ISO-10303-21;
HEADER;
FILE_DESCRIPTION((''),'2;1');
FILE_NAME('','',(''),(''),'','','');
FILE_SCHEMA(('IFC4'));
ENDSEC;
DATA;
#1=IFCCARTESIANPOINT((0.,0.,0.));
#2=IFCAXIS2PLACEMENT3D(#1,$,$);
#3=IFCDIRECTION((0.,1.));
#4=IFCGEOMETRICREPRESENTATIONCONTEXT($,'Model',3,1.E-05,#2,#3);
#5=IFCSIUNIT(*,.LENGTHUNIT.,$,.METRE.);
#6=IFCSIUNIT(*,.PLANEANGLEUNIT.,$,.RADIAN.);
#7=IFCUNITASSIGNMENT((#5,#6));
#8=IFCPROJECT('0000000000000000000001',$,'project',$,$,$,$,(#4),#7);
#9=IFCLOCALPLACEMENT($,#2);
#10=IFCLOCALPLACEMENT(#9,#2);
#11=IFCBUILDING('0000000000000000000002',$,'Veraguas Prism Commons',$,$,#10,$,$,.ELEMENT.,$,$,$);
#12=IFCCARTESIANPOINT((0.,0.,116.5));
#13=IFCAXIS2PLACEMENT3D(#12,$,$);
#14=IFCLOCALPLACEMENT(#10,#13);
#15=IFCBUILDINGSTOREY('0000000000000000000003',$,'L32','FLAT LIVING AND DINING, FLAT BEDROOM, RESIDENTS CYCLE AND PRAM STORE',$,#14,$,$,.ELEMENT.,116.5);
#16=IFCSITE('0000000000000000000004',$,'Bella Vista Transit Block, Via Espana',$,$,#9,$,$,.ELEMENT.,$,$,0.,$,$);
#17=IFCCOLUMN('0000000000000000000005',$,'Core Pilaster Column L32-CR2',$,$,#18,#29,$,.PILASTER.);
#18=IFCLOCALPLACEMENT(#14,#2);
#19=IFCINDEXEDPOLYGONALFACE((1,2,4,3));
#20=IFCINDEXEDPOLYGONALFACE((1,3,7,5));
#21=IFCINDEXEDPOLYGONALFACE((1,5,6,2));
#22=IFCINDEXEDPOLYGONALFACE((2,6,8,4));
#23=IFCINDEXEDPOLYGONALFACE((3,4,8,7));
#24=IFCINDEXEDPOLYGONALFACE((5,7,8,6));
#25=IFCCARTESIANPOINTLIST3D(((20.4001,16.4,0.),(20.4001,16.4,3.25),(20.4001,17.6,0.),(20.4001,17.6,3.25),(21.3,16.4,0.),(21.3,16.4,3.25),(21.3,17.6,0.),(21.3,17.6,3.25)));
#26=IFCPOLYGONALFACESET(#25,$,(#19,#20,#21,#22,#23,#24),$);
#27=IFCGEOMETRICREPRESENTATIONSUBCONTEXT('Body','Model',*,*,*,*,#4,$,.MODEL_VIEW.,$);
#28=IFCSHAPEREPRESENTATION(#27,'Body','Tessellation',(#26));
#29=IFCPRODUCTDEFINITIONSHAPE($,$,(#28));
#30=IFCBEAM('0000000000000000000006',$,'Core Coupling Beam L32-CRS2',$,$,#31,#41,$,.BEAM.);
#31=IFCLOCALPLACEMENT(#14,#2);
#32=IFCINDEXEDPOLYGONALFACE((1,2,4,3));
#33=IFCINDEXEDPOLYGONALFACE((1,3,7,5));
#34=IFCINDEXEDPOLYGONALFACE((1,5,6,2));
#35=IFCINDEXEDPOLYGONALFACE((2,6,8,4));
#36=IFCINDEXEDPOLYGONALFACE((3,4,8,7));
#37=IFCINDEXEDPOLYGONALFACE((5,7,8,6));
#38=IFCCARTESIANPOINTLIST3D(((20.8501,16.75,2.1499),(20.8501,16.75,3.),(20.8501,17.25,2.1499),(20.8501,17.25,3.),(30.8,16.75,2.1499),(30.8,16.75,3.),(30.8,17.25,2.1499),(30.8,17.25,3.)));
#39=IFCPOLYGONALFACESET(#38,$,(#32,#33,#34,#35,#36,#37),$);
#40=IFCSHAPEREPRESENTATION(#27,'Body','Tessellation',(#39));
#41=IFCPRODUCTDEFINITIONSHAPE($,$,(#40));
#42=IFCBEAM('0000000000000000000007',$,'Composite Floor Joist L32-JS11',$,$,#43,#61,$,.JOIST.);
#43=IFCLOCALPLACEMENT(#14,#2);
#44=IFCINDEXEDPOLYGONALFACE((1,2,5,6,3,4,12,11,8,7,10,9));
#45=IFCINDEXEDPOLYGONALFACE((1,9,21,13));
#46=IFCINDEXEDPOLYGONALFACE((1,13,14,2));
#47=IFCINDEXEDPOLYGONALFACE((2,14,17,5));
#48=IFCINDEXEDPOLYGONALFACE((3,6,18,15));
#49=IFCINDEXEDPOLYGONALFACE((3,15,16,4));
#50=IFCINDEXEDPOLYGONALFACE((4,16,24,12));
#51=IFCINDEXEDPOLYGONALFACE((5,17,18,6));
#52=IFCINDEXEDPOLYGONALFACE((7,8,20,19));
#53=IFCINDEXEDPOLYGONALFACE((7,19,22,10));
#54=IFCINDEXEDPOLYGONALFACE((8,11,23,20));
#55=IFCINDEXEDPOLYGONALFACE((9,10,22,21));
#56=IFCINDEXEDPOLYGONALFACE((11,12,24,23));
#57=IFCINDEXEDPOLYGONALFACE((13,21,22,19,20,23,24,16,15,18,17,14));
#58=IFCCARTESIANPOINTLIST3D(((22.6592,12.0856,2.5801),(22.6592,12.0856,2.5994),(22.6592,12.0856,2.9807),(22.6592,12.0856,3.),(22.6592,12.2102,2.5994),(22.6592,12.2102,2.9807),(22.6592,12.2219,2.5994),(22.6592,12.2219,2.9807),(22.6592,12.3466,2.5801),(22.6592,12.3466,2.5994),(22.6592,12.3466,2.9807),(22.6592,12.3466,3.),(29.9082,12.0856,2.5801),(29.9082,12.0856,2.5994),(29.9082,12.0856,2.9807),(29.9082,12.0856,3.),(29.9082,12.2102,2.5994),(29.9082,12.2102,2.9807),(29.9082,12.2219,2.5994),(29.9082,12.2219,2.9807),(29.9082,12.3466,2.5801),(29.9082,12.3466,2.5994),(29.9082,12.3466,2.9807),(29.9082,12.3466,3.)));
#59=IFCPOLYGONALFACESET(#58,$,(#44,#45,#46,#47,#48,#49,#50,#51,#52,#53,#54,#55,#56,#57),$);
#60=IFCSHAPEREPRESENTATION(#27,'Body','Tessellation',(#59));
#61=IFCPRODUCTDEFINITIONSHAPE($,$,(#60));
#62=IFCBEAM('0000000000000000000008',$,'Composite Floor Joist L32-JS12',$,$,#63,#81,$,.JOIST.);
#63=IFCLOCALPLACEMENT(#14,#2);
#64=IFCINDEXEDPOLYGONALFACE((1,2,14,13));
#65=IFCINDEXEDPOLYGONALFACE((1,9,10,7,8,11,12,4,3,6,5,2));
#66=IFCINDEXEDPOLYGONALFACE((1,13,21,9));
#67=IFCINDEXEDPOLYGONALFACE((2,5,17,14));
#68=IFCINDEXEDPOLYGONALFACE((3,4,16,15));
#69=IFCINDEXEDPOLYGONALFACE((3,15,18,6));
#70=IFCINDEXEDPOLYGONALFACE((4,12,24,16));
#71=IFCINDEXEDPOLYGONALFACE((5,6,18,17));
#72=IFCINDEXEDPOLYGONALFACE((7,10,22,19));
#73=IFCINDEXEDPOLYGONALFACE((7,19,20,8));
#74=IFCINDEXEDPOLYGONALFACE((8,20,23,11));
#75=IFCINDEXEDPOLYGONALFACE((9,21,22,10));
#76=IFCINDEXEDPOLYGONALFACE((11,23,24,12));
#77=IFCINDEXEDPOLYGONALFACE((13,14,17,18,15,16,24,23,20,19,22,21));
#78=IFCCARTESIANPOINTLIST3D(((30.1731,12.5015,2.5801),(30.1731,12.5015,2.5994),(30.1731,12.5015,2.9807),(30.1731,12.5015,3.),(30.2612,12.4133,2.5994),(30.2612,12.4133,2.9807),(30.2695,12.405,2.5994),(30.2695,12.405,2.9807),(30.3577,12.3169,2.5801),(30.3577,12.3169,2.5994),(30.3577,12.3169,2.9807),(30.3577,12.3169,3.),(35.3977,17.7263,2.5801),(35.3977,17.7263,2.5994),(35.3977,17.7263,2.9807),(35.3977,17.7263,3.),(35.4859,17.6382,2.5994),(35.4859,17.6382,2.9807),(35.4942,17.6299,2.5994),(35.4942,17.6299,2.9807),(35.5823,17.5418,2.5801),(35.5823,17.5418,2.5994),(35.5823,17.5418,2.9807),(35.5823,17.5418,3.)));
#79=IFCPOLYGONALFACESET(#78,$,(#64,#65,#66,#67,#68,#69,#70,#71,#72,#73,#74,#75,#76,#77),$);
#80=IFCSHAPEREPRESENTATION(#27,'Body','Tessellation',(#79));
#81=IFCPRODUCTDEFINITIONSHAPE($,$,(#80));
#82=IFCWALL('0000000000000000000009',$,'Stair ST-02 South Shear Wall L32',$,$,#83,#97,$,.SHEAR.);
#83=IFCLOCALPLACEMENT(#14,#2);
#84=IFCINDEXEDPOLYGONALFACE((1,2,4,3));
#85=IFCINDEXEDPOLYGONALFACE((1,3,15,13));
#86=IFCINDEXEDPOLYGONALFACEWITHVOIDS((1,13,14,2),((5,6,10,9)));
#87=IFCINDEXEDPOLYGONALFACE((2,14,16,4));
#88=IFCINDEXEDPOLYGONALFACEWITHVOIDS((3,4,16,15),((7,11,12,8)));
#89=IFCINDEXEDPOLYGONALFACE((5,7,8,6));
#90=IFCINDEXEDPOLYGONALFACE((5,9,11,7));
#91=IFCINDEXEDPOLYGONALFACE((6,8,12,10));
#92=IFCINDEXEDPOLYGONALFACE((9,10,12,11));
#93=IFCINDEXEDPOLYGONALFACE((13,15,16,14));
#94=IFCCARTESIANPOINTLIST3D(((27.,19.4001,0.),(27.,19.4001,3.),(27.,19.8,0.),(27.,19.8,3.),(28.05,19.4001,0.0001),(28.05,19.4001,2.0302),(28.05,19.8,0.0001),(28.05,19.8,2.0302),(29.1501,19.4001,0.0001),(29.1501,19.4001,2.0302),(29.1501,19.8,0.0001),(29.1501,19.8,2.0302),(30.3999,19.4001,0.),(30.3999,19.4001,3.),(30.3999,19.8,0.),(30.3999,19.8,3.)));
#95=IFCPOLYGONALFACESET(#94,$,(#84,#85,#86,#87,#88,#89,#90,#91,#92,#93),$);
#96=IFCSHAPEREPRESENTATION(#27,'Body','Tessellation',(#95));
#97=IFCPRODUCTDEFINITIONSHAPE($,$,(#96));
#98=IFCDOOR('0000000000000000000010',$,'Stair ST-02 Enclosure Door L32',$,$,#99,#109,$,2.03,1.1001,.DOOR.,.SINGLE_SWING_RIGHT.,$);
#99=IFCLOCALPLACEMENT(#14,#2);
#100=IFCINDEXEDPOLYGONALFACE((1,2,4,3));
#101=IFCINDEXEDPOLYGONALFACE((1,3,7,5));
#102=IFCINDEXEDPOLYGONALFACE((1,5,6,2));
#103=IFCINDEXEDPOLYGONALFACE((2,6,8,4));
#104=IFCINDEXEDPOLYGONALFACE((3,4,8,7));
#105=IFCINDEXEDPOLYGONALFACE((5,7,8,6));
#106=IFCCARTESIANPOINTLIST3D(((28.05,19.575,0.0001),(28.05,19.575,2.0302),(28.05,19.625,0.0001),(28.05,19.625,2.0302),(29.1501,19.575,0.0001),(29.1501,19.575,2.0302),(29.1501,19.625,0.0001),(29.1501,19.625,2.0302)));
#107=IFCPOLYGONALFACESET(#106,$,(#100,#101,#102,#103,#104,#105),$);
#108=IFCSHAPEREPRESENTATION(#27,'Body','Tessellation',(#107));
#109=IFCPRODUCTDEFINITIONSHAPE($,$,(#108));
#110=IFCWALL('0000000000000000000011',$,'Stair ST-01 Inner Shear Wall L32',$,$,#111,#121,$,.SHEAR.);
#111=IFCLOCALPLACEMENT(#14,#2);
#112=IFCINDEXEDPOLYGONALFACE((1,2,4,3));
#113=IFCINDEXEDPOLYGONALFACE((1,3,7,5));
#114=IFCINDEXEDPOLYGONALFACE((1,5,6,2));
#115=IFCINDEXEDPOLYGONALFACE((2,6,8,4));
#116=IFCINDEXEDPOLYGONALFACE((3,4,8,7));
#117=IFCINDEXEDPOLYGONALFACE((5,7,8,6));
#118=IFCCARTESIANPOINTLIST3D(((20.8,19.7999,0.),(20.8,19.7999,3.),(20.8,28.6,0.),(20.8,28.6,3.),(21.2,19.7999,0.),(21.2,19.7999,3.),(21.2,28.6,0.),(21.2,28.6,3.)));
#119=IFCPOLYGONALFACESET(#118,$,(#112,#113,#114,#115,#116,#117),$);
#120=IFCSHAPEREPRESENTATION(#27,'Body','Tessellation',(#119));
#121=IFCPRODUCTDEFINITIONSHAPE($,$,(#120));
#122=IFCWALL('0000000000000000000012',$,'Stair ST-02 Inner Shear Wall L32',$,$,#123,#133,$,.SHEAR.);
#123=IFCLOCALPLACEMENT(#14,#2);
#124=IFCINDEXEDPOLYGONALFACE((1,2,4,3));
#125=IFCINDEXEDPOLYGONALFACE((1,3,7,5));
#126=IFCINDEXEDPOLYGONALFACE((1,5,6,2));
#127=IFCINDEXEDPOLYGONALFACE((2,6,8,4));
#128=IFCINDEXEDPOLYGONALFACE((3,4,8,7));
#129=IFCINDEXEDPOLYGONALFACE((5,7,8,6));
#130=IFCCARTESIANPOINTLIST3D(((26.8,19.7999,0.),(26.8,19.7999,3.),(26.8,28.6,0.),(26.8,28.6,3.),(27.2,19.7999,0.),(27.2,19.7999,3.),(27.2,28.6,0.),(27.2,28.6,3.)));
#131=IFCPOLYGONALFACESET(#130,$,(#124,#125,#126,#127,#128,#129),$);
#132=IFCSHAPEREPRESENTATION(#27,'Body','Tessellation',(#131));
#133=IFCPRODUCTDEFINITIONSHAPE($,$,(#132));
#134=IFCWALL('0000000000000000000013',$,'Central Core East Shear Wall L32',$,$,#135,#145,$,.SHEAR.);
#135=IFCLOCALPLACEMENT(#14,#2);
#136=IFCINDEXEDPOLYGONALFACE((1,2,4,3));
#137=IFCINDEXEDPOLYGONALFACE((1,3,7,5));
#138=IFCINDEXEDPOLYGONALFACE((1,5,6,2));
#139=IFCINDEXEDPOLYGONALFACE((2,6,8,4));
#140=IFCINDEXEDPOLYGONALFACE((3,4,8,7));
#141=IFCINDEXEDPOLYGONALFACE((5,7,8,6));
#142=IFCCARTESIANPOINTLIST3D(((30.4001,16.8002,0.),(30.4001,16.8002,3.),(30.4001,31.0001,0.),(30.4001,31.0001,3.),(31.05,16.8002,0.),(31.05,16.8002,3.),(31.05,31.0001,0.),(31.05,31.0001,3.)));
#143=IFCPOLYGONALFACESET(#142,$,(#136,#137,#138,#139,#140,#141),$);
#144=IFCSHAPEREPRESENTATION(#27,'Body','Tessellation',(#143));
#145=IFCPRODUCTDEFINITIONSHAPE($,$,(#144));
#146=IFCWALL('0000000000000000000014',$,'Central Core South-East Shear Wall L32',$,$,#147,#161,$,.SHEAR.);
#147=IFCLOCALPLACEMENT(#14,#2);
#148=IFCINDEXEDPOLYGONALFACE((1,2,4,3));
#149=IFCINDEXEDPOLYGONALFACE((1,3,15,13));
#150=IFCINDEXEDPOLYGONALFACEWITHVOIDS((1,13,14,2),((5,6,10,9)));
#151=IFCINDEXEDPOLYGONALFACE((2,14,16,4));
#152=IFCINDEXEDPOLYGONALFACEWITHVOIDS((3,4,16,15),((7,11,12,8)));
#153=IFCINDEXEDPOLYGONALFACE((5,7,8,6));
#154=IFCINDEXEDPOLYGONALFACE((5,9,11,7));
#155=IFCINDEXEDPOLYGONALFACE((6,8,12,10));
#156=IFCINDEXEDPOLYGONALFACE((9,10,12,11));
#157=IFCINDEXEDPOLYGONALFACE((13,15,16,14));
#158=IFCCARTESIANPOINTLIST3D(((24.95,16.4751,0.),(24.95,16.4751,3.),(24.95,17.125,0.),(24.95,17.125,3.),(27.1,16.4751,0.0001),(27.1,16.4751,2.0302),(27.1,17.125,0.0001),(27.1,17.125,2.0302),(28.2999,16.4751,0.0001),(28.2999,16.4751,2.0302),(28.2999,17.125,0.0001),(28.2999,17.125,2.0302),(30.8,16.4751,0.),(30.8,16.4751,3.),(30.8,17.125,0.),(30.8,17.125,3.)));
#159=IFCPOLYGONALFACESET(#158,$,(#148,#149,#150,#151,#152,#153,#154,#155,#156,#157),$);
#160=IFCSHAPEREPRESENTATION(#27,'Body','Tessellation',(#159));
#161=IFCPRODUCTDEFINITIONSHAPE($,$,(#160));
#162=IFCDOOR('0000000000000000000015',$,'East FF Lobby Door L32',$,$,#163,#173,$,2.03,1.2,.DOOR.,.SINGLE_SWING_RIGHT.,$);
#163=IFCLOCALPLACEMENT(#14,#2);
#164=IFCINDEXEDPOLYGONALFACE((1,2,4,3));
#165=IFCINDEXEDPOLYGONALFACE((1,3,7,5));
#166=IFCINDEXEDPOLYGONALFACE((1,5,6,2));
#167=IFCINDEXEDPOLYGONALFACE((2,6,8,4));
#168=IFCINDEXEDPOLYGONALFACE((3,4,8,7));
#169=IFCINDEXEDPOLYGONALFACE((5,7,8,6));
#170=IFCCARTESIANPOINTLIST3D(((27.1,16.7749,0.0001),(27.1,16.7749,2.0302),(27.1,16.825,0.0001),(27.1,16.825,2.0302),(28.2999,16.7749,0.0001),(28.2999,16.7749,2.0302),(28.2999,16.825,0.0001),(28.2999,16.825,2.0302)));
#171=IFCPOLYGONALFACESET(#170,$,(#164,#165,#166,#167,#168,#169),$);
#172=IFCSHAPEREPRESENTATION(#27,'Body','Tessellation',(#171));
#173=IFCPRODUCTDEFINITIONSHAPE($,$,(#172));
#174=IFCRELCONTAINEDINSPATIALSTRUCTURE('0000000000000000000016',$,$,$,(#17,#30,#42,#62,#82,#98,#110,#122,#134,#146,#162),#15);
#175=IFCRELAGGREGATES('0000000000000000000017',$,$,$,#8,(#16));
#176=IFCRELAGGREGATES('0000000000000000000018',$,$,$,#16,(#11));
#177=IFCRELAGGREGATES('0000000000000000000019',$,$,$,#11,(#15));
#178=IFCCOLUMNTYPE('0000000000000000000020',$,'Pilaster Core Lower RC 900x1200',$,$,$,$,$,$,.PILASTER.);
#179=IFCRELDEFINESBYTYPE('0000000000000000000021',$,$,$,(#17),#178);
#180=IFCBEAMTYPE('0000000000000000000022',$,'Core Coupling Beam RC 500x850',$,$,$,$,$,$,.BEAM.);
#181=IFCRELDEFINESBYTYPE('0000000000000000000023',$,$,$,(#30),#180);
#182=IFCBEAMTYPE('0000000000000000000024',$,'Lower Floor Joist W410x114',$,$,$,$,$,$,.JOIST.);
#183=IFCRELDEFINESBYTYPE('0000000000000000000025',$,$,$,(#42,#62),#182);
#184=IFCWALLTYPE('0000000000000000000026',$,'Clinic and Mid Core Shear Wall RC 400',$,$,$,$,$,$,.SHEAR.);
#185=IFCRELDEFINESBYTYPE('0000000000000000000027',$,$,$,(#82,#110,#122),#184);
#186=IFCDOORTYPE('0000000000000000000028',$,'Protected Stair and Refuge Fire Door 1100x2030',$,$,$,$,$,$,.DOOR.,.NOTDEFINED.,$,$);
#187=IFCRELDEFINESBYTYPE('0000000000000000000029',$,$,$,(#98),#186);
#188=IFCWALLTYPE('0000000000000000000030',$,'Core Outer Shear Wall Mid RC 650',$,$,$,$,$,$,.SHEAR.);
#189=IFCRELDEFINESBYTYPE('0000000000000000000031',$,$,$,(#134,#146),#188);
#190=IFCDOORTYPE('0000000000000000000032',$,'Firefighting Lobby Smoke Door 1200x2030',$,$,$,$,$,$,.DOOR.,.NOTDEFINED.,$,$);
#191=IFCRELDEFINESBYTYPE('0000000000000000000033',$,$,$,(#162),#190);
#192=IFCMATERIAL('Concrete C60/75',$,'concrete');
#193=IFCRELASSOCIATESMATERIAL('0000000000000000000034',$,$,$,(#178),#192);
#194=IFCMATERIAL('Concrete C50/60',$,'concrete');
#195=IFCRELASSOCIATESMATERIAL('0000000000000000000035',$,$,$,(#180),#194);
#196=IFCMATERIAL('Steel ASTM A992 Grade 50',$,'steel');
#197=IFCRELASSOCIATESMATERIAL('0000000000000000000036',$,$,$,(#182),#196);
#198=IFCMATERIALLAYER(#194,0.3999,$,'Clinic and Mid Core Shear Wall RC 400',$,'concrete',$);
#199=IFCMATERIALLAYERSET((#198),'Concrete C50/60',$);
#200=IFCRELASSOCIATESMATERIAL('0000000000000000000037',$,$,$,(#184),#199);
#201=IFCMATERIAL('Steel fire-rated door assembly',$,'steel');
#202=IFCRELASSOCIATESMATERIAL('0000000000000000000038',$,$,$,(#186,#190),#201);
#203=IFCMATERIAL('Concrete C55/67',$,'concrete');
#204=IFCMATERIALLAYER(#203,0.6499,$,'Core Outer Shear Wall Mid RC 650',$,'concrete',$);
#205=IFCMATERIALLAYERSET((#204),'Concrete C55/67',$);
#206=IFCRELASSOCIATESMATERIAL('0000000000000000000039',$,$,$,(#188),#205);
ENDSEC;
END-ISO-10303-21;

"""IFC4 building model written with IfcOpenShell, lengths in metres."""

from ifc_helpers import new_model, si_unit, direction, frame, frame_2d, origin, origin_2d, place, context, subcontext, project, spatial, rectangle, i_section, extrude, source, transform, mapped, material, layer, layer_set, material_profile, profile_set, type_object, element, fill, save


model = new_model("IFC4")

# Units and contexts
model_context = context("Model", 3, precision=1e-05, world=origin(), true_north=direction((0.0, 1.0)))
body_context = subcontext(model_context, "Body", "Model", "MODEL_VIEW")
ifc_project = project(units=[si_unit("LENGTHUNIT", "METRE"), si_unit("PLANEANGLEUNIT", "RADIAN")], contexts=[model_context])

# Site, building, storey
site_placement = place(None, origin())
site = spatial("IfcSite", under=ifc_project, at=site_placement, Name="Bella Vista Transit Block, Via Espana", CompositionType="ELEMENT", RefElevation=0.0)
building_placement = place(site_placement, origin())
building = spatial("IfcBuilding", under=site, at=building_placement, Name="Veraguas Prism Commons", CompositionType="ELEMENT")
storey_placement = place(building_placement, frame((0.0, 0.0, 116.5)))
storey = spatial("IfcBuildingStorey", under=building, at=storey_placement, Name="L32", Description="FLAT LIVING AND DINING, FLAT BEDROOM, RESIDENTS CYCLE AND PRAM STORE", CompositionType="ELEMENT", Elevation=116.5)

# Column
ifc_material_1 = material(Name="Concrete C60/75", Category="concrete")
ifc_material_profile_1 = material_profile(ifc_material_1, rectangle(XDim=0.8999, YDim=1.2, at=origin_2d()), Name="RC900X1200")
ifc_profile_set_1 = profile_set([ifc_material_profile_1], Name="Concrete C60/75")
column_type = type_object("IfcColumnType", Name="Pilaster Core Lower RC 900x1200", PredefinedType="PILASTER", material=ifc_profile_set_1)
column_placement = place(storey_placement, frame((20.8501, 17.0, 0.0), z_axis=(0.0, 0.0, 1.0), x_axis=(1.0, 0.0, 0.0)))
element("IfcColumn", 1, at=column_placement, inside=storey, type_object=column_type, Name="Core Pilaster Column L32-CR2", PredefinedType="PILASTER", context=body_context, shape_type="SweptSolid", body=[
    extrude(rectangle(XDim=0.8999, YDim=1.2, at=origin_2d()), origin(), (0.0, 0.0, 1.0), 3.25),
])

# Beams
ifc_material_2 = material(Name="Concrete C50/60", Category="concrete")
ifc_material_profile_2 = material_profile(ifc_material_2, rectangle(XDim=0.5, YDim=0.8501, at=origin_2d()), Name="RC500X850")
ifc_profile_set_2 = profile_set([ifc_material_profile_2], Name="Concrete C50/60")
beam_type_1 = type_object("IfcBeamType", Name="Core Coupling Beam RC 500x850", PredefinedType="BEAM", material=ifc_profile_set_2)
beam_1_placement = place(storey_placement, frame((20.8501, 17.0, 2.575), z_axis=(1.0, 0.0, 0.0), x_axis=(0.0, 1.0, 0.0)))
element("IfcBeam", 2, at=beam_1_placement, inside=storey, type_object=beam_type_1, Name="Core Coupling Beam L32-CRS2", PredefinedType="BEAM", context=body_context, shape_type="SweptSolid", body=[
    extrude(rectangle(XDim=0.5, YDim=0.8501, at=origin_2d()), origin(), (0.0, 0.0, 1.0), 9.95),
])
ifc_material_3 = material(Name="Steel ASTM A992 Grade 50", Category="steel")
ifc_material_profile_3 = material_profile(ifc_material_3, i_section(OverallWidth=0.261, OverallDepth=0.4199, WebThickness=0.0117, FlangeThickness=0.0193, at=origin_2d()), Name="W410X114")
ifc_profile_set_3 = profile_set([ifc_material_profile_3], Name="Steel ASTM A992 Grade 50")
beam_type_2 = type_object("IfcBeamType", Name="Lower Floor Joist W410x114", PredefinedType="JOIST", material=ifc_profile_set_3)
beam_2_placement = place(storey_placement, frame((22.6592, 12.2161, 2.79), z_axis=(1.0, 0.0, 0.0), x_axis=(0.0, 1.0, 0.0)))
element("IfcBeam", 3, at=beam_2_placement, inside=storey, type_object=beam_type_2, Name="Composite Floor Joist L32-JS11", PredefinedType="JOIST", context=body_context, shape_type="SweptSolid", body=[
    extrude(i_section(OverallWidth=0.261, OverallDepth=0.4199, WebThickness=0.0117, FlangeThickness=0.0193, at=origin_2d()), origin(), (0.0, 0.0, 1.0), 7.249),
])
beam_3_placement = place(storey_placement, frame((30.2654, 12.4092, 2.79), z_axis=(0.70709, 0.707123, 0.0), x_axis=(-0.707123, 0.70709, 0.0)))
element("IfcBeam", 4, at=beam_3_placement, inside=storey, type_object=beam_type_2, Name="Composite Floor Joist L32-JS12", PredefinedType="JOIST", context=body_context, shape_type="SweptSolid", body=[
    extrude(i_section(OverallWidth=0.261, OverallDepth=0.4199, WebThickness=0.0117, FlangeThickness=0.0193, at=origin_2d()), origin(), (0.0, 0.0, 1.0), 7.3889),
])

# Wall, opening, door
ifc_layer_1 = layer(ifc_material_2, 0.3999, Name="Clinic and Mid Core Shear Wall RC 400", Category="concrete")
ifc_layer_set_1 = layer_set([ifc_layer_1], Name="Concrete C50/60")
wall_type_1 = type_object("IfcWallType", Name="Clinic and Mid Core Shear Wall RC 400", PredefinedType="SHEAR", material=ifc_layer_set_1)
wall_1_placement = place(storey_placement, frame((27.0, 19.6001, 0.0), z_axis=(0.0, 0.0, 1.0), x_axis=(1.0, 0.0, 0.0)))
wall_1 = element("IfcWall", 5, at=wall_1_placement, inside=storey, type_object=wall_type_1, Name="Stair ST-02 South Shear Wall L32", PredefinedType="SHEAR", context=body_context, shape_type="SweptSolid", body=[
    extrude(rectangle(XDim=3.3999, YDim=0.3999, at=frame_2d((1.7, 0.0))), origin(), (0.0, 0.0, 1.0), 3.0),
])
opening_1_placement = place(wall_1_placement, frame((1.05, 0.0, 0.0)))
opening_1 = element("IfcOpeningElement", 6, at=opening_1_placement, cuts=wall_1, PredefinedType="OPENING", context=body_context, shape_type="SweptSolid", body=[
    extrude(rectangle(XDim=1.1001, YDim=2.03, at=frame_2d((0.55, 1.0151))), frame((0.0, 0.21, 0.0), z_axis=(0.0, -1.0, 0.0), x_axis=(1.0, 0.0, 0.0)), (0.0, 0.0, 1.0), 0.4199),
])
ifc_material_4 = material(Name="Steel fire-rated door assembly", Category="steel")
door_type_1 = type_object("IfcDoorType", Name="Protected Stair and Refuge Fire Door 1100x2030", OperationType="NOTDEFINED", PredefinedType="DOOR", material=ifc_material_4)
shared_shape_1 = source(origin(), body_context, "Body", "SweptSolid", [
    extrude(rectangle(XDim=1.1001, YDim=2.03, at=frame_2d((0.55, 1.0151))), frame((0.0, 0.0249, 0.0), z_axis=(0.0, -1.0, 0.0), x_axis=(1.0, 0.0, 0.0)), (0.0, 0.0, 1.0), 0.05),
])
door_1_placement = place(opening_1_placement, origin())
door_1 = element("IfcDoor", 7, at=door_1_placement, inside=storey, type_object=door_type_1, Name="Stair ST-02 Enclosure Door L32", OperationType="SINGLE_SWING_RIGHT", OverallHeight=2.03, OverallWidth=1.1001, PredefinedType="DOOR", context=body_context, shape_type="MappedRepresentation", body=[
    mapped(shared_shape_1, transform((0.0, 0.0, 0.0), scale=1.0)),
])
fill(opening_1, door_1)

# Walls
for number, where, z_axis, x_axis, name in (
    (8, (21.0, 19.8, 0.0), (0.0, 0.0, 1.0), (0.0, 1.0, 0.0), "Stair ST-01 Inner Shear Wall L32"),
    (9, (27.0, 19.8, 0.0), (0.0, 0.0, 1.0), (0.0, 1.0, 0.0), "Stair ST-02 Inner Shear Wall L32"),
):
    element("IfcWall", number, at=place(storey_placement, frame(where, z_axis=z_axis, x_axis=x_axis)), inside=storey, type_object=wall_type_1, Name=name, PredefinedType="SHEAR", context=body_context, shape_type="SweptSolid", body=[
        extrude(rectangle(XDim=8.8, YDim=0.3999, at=frame_2d((4.3999, 0.0))), origin(), (0.0, 0.0, 1.0), 3.0),
    ])
ifc_material_5 = material(Name="Concrete C55/67", Category="concrete")
ifc_layer_2 = layer(ifc_material_5, 0.6499, Name="Core Outer Shear Wall Mid RC 650", Category="concrete")
ifc_layer_set_2 = layer_set([ifc_layer_2], Name="Concrete C55/67")
wall_type_2 = type_object("IfcWallType", Name="Core Outer Shear Wall Mid RC 650", PredefinedType="SHEAR", material=ifc_layer_set_2)
wall_2_placement = place(storey_placement, frame((30.7251, 16.8, 0.0), z_axis=(0.0, 0.0, 1.0), x_axis=(0.0, 1.0, 0.0)))
element("IfcWall", 10, at=wall_2_placement, inside=storey, type_object=wall_type_2, Name="Central Core East Shear Wall L32", PredefinedType="SHEAR", context=body_context, shape_type="SweptSolid", body=[
    extrude(rectangle(XDim=14.2, YDim=0.6499, at=frame_2d((7.1001, 0.0))), origin(), (0.0, 0.0, 1.0), 3.0),
])

# Wall, opening, door
wall_3_placement = place(storey_placement, frame((24.95, 16.8, 0.0), z_axis=(0.0, 0.0, 1.0), x_axis=(1.0, 0.0, 0.0)))
wall_3 = element("IfcWall", 11, at=wall_3_placement, inside=storey, type_object=wall_type_2, Name="Central Core South-East Shear Wall L32", PredefinedType="SHEAR", context=body_context, shape_type="SweptSolid", body=[
    extrude(rectangle(XDim=5.8501, YDim=0.6499, at=frame_2d((2.925, 0.0))), origin(), (0.0, 0.0, 1.0), 3.0),
])
opening_2_placement = place(wall_3_placement, frame((2.1499, 0.0, 0.0)))
opening_2 = element("IfcOpeningElement", 12, at=opening_2_placement, cuts=wall_3, PredefinedType="OPENING", context=body_context, shape_type="SweptSolid", body=[
    extrude(rectangle(XDim=1.2, YDim=2.03, at=frame_2d((0.6001, 1.0151))), frame((0.0, 0.335, 0.0), z_axis=(0.0, -1.0, 0.0), x_axis=(1.0, 0.0, 0.0)), (0.0, 0.0, 1.0), 0.6699),
])
door_type_2 = type_object("IfcDoorType", Name="Firefighting Lobby Smoke Door 1200x2030", OperationType="NOTDEFINED", PredefinedType="DOOR", material=ifc_material_4)
shared_shape_2 = source(origin(), body_context, "Body", "SweptSolid", [
    extrude(rectangle(XDim=1.2, YDim=2.03, at=frame_2d((0.6001, 1.0151))), frame((0.0, 0.0249, 0.0), z_axis=(0.0, -1.0, 0.0), x_axis=(1.0, 0.0, 0.0)), (0.0, 0.0, 1.0), 0.05),
])
door_2_placement = place(opening_2_placement, origin())
door_2 = element("IfcDoor", 13, at=door_2_placement, inside=storey, type_object=door_type_2, Name="East FF Lobby Door L32", OperationType="SINGLE_SWING_RIGHT", OverallHeight=2.03, OverallWidth=1.2, PredefinedType="DOOR", context=body_context, shape_type="MappedRepresentation", body=[
    mapped(shared_shape_2, transform((0.0, 0.0, 0.0), scale=1.0)),
])
fill(opening_2, door_2)

save(model, "model.ifc")
